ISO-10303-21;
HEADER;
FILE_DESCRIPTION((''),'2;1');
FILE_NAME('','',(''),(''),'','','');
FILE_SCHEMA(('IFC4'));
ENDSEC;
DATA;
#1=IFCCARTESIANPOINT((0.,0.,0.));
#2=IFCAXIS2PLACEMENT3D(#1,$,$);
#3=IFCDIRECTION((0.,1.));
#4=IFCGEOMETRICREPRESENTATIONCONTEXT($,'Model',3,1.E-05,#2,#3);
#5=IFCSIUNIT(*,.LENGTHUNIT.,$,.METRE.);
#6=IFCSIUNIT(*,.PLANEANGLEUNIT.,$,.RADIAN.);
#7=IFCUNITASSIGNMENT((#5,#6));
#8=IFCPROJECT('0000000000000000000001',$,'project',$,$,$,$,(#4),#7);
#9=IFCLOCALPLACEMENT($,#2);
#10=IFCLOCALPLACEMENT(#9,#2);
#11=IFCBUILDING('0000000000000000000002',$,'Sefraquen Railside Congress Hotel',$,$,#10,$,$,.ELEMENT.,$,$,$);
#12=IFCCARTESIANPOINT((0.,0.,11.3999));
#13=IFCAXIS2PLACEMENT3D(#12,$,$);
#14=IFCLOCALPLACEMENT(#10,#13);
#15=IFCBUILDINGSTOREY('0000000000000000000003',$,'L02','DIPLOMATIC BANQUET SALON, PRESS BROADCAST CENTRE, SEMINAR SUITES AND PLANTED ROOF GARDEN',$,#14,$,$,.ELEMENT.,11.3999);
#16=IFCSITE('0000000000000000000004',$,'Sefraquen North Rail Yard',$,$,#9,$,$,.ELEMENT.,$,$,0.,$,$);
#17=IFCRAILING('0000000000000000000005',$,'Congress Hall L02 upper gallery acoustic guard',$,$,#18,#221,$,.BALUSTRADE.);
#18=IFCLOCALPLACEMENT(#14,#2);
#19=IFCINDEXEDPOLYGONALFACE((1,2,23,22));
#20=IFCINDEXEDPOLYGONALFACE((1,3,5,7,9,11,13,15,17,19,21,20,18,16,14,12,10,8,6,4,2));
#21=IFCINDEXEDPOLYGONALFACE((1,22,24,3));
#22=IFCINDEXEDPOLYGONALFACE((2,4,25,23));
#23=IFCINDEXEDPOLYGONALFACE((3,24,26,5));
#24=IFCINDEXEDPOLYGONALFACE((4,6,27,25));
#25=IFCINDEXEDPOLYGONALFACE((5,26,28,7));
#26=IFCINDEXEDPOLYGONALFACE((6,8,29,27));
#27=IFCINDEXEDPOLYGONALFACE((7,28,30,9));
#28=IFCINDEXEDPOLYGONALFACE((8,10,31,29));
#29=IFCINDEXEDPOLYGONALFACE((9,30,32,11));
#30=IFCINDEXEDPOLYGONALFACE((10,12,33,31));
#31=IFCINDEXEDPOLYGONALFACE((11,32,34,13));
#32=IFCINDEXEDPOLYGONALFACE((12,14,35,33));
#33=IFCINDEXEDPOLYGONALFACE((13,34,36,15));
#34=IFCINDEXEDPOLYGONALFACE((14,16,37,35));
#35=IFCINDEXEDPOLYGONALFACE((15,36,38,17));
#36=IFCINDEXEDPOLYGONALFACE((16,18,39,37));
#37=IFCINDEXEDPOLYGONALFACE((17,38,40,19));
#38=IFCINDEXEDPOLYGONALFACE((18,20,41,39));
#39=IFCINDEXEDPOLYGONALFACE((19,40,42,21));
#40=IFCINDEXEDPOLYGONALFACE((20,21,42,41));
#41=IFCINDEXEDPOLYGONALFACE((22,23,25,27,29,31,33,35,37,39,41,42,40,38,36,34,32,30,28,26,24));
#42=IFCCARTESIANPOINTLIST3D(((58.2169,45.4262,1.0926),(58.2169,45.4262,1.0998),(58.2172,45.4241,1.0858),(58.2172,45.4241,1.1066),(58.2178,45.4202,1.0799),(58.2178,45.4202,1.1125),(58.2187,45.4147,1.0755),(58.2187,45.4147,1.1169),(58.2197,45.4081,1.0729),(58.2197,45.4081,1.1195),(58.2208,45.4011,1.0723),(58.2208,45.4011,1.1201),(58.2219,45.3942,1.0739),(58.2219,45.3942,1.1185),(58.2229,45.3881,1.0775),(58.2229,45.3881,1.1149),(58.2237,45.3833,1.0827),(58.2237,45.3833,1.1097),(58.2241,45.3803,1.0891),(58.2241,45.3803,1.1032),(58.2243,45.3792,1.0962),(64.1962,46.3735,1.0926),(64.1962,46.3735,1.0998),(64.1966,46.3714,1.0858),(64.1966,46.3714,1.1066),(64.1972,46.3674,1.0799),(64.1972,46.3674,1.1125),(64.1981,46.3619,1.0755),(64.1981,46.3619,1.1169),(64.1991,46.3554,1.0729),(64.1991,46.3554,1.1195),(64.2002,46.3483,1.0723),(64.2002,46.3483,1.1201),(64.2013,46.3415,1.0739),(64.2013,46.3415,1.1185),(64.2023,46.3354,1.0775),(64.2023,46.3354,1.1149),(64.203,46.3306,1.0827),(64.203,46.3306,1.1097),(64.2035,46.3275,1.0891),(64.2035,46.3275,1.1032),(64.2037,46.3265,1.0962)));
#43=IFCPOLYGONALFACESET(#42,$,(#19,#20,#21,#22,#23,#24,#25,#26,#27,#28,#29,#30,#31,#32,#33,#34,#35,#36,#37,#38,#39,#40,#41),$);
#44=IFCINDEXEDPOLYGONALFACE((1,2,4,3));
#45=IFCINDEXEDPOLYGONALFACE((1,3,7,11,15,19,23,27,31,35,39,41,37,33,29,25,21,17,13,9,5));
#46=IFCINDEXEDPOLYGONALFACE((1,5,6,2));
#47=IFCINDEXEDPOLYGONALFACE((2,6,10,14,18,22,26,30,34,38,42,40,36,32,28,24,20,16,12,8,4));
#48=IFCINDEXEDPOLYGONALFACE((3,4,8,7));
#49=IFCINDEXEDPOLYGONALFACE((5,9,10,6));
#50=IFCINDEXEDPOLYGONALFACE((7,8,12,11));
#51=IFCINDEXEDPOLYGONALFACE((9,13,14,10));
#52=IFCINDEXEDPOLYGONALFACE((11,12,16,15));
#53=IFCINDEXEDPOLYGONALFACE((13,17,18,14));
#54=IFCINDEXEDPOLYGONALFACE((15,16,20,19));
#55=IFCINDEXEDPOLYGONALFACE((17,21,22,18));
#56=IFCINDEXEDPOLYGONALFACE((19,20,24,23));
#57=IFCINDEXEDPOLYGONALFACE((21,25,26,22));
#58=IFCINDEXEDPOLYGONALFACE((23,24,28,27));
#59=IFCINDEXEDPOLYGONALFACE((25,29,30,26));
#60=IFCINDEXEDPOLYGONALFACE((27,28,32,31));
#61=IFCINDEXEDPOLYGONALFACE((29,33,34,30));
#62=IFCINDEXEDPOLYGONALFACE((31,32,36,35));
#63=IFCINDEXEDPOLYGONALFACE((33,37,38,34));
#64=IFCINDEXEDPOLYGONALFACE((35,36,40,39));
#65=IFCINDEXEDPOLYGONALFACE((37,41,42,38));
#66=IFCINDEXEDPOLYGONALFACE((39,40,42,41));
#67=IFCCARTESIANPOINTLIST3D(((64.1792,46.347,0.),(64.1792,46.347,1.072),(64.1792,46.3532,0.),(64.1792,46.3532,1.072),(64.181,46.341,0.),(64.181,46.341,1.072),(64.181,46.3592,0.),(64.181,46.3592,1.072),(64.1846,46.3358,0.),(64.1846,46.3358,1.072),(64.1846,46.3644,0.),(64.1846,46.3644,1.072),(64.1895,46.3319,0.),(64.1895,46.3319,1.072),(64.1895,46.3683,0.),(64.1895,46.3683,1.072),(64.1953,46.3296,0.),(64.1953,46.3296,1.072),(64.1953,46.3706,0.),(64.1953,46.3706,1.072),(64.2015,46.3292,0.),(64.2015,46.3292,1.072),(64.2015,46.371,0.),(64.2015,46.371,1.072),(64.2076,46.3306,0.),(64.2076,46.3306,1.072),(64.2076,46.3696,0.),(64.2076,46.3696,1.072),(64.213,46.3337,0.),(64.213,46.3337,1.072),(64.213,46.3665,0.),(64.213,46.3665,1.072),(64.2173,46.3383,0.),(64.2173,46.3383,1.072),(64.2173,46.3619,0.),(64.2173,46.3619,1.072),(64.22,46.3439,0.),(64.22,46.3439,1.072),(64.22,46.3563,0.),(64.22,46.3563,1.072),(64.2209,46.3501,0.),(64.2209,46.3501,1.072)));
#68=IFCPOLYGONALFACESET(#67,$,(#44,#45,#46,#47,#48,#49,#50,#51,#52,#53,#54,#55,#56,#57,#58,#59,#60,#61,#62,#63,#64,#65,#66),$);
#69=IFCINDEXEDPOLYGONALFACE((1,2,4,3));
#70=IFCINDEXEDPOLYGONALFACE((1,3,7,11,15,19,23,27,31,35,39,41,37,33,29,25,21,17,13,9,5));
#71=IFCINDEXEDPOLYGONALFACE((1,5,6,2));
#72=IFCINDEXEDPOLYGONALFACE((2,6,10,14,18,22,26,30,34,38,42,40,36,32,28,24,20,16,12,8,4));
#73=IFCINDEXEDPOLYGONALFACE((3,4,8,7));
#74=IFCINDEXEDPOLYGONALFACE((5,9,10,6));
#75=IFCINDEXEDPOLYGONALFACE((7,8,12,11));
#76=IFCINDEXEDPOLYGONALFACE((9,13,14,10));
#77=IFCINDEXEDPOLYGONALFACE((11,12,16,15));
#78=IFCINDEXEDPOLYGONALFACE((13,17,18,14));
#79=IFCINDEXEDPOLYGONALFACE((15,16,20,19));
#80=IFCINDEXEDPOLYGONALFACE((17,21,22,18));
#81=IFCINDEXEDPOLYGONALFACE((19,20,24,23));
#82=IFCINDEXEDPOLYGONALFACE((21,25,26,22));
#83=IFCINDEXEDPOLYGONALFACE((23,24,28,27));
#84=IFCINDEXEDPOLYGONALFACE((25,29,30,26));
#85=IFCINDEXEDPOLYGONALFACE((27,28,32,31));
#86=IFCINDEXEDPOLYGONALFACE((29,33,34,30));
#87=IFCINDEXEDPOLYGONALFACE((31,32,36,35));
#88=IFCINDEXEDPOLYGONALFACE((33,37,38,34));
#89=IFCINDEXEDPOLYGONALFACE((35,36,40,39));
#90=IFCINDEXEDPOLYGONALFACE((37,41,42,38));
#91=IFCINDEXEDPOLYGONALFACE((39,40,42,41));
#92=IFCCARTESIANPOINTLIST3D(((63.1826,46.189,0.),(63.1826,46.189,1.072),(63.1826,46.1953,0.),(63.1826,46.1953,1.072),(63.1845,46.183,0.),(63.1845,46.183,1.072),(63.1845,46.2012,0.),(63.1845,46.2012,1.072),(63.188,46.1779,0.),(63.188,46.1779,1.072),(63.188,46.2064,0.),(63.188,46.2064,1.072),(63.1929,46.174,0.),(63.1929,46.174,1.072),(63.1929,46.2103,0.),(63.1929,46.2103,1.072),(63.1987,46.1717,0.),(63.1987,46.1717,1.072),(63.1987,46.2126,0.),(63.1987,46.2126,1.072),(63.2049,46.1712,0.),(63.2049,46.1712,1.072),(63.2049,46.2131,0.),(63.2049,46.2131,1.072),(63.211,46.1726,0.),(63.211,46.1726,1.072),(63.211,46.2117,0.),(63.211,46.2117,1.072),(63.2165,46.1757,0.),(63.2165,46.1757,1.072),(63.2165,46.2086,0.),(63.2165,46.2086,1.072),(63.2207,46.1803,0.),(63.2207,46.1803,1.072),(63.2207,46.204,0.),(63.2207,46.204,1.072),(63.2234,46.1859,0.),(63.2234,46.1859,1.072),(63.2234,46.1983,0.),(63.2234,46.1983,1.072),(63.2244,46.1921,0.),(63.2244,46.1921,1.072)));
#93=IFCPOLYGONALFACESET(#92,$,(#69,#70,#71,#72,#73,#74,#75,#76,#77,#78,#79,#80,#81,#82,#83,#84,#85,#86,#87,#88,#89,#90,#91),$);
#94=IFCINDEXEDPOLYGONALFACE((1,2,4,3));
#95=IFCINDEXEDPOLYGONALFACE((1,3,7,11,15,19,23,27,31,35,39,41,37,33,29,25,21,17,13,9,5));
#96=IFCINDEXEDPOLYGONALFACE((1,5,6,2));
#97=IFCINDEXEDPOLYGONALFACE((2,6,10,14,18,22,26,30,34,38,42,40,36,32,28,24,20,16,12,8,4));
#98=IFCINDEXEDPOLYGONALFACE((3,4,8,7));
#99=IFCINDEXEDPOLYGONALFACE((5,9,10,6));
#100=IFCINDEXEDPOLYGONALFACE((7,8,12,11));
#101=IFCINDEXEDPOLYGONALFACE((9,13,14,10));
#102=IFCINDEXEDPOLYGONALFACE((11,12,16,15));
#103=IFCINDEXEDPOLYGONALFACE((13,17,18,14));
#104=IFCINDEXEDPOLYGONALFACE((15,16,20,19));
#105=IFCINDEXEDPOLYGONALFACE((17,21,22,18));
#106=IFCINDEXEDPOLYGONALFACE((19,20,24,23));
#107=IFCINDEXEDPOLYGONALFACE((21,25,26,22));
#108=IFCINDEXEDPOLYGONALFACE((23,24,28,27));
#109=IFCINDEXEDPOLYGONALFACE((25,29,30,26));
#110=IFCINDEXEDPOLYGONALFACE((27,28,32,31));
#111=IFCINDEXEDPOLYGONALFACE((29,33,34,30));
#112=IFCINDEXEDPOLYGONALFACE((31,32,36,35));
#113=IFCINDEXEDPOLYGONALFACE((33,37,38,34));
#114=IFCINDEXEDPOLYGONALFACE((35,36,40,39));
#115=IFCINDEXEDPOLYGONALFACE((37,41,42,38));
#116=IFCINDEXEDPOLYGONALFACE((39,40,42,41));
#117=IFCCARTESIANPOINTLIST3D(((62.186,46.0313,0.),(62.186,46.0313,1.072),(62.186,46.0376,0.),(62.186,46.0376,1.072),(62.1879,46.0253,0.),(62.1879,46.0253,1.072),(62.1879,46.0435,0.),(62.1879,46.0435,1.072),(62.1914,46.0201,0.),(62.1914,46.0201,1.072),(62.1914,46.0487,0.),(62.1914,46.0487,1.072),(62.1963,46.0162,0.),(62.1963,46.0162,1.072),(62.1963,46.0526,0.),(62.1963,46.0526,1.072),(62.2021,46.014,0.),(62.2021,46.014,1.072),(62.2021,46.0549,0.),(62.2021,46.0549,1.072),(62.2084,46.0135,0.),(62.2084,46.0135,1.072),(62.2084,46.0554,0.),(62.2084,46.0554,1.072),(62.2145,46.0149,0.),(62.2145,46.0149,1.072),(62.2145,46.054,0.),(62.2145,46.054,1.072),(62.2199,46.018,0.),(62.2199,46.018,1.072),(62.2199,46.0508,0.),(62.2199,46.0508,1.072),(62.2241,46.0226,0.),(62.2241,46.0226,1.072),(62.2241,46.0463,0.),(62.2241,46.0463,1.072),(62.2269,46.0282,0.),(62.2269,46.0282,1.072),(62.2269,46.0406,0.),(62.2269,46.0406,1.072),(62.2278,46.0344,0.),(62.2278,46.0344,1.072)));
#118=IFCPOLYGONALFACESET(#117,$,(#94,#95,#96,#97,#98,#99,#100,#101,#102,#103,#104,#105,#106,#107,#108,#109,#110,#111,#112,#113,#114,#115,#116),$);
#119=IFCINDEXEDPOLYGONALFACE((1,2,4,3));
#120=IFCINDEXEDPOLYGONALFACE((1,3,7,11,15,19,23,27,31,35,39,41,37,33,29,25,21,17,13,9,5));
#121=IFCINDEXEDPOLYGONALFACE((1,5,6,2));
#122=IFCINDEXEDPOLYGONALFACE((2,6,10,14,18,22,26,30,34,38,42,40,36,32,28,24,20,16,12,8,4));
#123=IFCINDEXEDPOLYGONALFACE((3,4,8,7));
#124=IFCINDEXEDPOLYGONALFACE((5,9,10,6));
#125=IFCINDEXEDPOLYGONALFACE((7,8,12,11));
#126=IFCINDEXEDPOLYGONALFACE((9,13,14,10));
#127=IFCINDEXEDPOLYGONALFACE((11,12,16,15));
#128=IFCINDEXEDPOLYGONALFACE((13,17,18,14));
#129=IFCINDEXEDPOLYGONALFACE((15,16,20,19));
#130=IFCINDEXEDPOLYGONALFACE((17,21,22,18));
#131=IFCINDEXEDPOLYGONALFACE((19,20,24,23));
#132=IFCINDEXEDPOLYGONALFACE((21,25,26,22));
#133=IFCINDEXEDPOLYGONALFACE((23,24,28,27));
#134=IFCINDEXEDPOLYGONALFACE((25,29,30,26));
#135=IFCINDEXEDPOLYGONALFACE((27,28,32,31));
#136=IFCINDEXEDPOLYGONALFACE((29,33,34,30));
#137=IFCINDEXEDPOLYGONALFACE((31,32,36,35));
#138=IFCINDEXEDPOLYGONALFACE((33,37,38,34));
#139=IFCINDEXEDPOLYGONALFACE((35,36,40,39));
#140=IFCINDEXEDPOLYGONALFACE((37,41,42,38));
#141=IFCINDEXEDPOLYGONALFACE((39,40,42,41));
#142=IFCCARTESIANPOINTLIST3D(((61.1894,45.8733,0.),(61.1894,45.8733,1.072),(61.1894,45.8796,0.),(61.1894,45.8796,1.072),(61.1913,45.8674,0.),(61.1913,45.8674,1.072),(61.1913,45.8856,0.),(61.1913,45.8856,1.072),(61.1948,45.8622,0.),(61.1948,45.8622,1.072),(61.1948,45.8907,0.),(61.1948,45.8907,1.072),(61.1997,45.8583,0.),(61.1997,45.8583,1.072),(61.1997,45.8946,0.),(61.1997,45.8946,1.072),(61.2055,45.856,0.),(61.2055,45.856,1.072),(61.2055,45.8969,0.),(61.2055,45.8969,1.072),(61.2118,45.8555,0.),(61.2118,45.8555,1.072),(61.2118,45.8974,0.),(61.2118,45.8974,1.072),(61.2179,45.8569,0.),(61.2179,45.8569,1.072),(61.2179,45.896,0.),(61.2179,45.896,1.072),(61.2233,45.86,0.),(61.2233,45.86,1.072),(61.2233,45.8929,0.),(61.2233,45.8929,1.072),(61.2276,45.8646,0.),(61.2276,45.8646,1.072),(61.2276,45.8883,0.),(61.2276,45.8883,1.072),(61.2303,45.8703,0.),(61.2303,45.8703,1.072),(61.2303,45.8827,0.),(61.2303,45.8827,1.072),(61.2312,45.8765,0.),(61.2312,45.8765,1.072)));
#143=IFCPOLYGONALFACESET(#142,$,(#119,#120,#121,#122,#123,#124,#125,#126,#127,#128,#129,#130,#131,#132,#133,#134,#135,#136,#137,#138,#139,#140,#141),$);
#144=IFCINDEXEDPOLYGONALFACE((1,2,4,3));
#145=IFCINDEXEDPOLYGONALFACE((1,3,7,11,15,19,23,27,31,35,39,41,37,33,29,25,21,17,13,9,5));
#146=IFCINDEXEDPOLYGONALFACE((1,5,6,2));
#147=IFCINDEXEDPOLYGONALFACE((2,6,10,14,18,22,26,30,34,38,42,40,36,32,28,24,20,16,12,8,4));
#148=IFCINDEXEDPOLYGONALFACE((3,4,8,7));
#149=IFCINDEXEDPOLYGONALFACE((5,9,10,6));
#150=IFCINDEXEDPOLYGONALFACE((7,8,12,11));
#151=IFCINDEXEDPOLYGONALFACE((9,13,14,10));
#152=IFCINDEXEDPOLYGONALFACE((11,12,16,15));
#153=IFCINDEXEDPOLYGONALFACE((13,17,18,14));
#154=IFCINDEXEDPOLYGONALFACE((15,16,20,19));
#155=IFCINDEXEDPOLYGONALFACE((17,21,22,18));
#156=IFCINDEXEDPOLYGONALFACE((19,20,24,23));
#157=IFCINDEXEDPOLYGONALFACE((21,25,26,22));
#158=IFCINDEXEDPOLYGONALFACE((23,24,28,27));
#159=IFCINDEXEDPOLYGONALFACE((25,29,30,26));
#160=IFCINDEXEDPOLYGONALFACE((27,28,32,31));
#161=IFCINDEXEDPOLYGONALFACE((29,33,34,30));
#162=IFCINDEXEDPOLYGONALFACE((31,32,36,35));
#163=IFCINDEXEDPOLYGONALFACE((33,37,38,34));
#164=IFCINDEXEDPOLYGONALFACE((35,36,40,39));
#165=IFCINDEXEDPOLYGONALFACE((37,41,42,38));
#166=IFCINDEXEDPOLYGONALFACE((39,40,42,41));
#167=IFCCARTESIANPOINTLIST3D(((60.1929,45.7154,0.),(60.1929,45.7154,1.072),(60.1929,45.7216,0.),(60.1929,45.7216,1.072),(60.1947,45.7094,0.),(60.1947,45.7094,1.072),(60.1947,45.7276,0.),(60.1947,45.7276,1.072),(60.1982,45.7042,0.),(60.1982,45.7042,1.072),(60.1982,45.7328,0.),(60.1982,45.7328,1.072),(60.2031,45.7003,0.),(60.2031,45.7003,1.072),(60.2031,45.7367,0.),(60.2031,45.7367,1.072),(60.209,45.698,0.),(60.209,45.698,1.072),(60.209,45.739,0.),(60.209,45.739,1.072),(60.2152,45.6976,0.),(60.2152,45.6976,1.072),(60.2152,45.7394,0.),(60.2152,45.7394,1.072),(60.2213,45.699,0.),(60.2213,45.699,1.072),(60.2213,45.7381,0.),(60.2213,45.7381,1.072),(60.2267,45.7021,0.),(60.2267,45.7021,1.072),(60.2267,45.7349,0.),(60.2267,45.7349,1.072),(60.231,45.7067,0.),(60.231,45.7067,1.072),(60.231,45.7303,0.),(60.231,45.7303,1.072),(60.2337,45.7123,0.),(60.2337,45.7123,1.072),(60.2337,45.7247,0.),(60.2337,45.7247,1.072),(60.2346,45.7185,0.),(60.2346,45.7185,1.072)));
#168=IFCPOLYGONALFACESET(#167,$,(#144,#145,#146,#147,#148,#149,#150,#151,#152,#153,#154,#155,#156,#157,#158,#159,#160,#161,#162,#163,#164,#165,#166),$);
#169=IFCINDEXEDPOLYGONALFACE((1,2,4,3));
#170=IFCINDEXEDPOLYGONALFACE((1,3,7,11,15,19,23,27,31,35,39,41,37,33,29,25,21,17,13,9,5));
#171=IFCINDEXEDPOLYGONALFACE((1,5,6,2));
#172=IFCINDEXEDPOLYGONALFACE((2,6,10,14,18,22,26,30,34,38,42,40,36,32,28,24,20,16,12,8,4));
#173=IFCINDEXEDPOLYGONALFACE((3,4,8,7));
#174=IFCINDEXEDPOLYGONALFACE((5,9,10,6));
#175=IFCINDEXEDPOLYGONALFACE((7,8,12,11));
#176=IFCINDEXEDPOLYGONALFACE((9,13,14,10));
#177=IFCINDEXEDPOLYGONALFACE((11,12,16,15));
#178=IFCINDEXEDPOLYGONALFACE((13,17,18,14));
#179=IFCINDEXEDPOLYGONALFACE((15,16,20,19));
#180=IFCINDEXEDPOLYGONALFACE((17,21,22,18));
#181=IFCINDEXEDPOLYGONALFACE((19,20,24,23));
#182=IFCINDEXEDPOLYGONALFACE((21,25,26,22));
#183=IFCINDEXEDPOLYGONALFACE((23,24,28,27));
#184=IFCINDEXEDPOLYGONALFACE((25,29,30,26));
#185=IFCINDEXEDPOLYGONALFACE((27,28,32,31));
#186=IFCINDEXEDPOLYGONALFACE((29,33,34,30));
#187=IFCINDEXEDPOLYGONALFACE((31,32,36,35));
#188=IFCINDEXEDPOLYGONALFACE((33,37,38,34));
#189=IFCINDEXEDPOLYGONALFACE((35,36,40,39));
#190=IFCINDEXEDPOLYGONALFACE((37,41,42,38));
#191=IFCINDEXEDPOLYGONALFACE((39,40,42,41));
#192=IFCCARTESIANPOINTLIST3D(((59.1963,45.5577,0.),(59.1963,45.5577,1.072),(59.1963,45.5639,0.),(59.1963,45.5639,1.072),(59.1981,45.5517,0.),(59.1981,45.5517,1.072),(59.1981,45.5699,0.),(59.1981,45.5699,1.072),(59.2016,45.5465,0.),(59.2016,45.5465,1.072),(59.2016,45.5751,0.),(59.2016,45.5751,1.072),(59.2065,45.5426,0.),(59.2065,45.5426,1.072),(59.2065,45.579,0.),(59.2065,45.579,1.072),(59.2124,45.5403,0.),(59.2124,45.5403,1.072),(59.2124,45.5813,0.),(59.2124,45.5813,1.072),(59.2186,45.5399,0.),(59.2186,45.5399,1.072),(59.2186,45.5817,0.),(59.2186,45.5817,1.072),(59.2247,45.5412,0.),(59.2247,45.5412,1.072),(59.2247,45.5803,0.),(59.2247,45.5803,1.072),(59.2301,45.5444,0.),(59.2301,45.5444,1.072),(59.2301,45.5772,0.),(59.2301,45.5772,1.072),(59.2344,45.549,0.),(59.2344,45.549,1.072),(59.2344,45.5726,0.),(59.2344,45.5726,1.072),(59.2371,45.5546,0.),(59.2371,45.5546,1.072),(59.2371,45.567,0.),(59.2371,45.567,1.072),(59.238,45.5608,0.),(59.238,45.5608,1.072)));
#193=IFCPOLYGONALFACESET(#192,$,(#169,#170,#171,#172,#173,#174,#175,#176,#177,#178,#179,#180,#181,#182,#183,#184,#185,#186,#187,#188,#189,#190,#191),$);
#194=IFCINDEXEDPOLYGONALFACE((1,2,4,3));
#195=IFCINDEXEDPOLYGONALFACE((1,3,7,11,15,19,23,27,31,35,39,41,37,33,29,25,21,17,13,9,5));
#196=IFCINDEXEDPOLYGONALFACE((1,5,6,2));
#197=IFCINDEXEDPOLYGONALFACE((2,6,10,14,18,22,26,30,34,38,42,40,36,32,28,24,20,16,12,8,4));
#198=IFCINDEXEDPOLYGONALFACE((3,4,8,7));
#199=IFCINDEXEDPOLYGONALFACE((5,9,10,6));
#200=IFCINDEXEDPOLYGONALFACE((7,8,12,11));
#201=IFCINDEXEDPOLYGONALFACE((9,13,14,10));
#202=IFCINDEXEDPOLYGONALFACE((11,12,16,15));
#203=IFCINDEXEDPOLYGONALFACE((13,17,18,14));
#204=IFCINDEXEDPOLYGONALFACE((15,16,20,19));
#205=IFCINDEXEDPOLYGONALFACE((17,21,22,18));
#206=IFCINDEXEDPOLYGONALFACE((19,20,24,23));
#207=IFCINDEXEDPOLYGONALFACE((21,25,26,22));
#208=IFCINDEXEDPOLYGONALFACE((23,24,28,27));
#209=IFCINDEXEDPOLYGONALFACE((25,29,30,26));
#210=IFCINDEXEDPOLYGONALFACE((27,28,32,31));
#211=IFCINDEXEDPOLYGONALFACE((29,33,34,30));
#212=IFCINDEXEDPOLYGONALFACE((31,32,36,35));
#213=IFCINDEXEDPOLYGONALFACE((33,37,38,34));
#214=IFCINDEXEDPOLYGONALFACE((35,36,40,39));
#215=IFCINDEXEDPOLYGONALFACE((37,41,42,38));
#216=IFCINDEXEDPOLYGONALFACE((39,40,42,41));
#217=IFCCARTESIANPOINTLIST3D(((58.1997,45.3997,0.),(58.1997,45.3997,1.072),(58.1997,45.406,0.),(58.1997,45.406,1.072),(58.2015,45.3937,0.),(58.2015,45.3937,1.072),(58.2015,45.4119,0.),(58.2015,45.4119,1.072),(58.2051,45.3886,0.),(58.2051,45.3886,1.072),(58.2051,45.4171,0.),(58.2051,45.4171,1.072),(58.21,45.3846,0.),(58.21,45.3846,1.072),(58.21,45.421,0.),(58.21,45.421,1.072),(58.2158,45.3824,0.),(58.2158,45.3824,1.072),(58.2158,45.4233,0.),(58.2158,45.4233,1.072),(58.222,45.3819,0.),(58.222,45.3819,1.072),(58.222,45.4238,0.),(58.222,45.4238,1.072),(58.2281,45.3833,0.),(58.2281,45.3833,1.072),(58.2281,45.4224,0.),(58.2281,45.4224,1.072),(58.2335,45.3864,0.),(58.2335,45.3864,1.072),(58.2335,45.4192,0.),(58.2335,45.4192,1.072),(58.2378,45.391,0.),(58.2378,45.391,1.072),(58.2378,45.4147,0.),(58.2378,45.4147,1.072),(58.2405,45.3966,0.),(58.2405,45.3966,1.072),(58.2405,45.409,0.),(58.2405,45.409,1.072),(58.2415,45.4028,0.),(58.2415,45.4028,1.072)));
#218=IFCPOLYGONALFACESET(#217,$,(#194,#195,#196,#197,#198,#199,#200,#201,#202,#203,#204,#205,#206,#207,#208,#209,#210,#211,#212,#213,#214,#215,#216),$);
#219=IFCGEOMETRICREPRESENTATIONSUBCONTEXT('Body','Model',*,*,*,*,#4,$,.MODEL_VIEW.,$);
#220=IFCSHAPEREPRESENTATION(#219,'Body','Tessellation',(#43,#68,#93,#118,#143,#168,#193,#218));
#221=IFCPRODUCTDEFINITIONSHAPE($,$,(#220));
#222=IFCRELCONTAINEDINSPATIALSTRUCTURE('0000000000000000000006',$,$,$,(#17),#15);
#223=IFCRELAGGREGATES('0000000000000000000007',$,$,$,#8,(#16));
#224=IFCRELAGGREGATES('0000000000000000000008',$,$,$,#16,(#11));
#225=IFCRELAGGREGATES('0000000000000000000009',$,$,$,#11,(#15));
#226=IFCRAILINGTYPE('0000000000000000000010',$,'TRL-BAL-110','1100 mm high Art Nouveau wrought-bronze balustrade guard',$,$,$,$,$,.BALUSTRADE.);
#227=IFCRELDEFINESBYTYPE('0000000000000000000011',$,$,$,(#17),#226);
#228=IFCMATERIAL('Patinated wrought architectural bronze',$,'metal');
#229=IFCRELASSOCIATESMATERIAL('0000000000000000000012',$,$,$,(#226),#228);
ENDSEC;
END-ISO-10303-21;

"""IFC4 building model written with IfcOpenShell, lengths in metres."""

from ifc_helpers import new_model, si_unit, direction, frame, origin, origin_2d, place, context, subcontext, project, spatial, circle, extrude, material, type_object, element, save


model = new_model("IFC4")

# Units and contexts
model_context = context("Model", 3, precision=1e-05, world=origin(), true_north=direction((0.0, 1.0)))
body_context = subcontext(model_context, "Body", "Model", "MODEL_VIEW")
ifc_project = project(units=[si_unit("LENGTHUNIT", "METRE"), si_unit("PLANEANGLEUNIT", "RADIAN")], contexts=[model_context])

# Site, building, storey
site_placement = place(None, origin())
site = spatial("IfcSite", under=ifc_project, at=site_placement, Name="Sefraquen North Rail Yard", CompositionType="ELEMENT", RefElevation=0.0)
building_placement = place(site_placement, origin())
building = spatial("IfcBuilding", under=site, at=building_placement, Name="Sefraquen Railside Congress Hotel", CompositionType="ELEMENT")
storey_placement = place(building_placement, frame((0.0, 0.0, 11.3999)))
storey = spatial("IfcBuildingStorey", under=building, at=storey_placement, Name="L02", Description="DIPLOMATIC BANQUET SALON, PRESS BROADCAST CENTRE, SEMINAR SUITES AND PLANTED ROOF GARDEN", CompositionType="ELEMENT", Elevation=11.3999)

# Railing
ifc_material_1 = material(Name="Patinated wrought architectural bronze", Category="metal")
railing_type = type_object("IfcRailingType", Name="TRL-BAL-110", Description="1100 mm high Art Nouveau wrought-bronze balustrade guard", PredefinedType="BALUSTRADE", material=ifc_material_1)
railing_1_placement = place(storey_placement, frame((64.2, 46.3501, 0.0)))
element("IfcRailing", 1, at=railing_1_placement, inside=storey, type_object=railing_type, Name="Congress Hall L02 upper gallery acoustic guard", PredefinedType="BALUSTRADE", context=body_context, shape_type="SweptSolid", body=[
    extrude(circle(Radius=0.0239, at=origin_2d()), frame((0.0, 0.0, 1.0962), z_axis=(-0.987683, -0.156468, 0.0), x_axis=(0.156468, -0.987683, 0.0)), (0.0, 0.0, 1.0), 6.054),
    extrude(circle(Radius=0.021, at=origin_2d()), origin(), (0.0, 0.0, 1.0), 1.072),
    extrude(circle(Radius=0.021, at=origin_2d()), frame((-0.9966, -0.158, 0.0)), (0.0, 0.0, 1.0), 1.072),
    extrude(circle(Radius=0.021, at=origin_2d()), frame((-1.9932, -0.3157, 0.0)), (0.0, 0.0, 1.0), 1.072),
    extrude(circle(Radius=0.021, at=origin_2d()), frame((-2.9897, -0.4736, 0.0)), (0.0, 0.0, 1.0), 1.072),
    extrude(circle(Radius=0.021, at=origin_2d()), frame((-3.9863, -0.6316, 0.0)), (0.0, 0.0, 1.0), 1.072),
    extrude(circle(Radius=0.021, at=origin_2d()), frame((-4.9829, -0.7893, 0.0)), (0.0, 0.0, 1.0), 1.072),
    extrude(circle(Radius=0.021, at=origin_2d()), frame((-5.9795, -0.9473, 0.0)), (0.0, 0.0, 1.0), 1.072),
])

save(model, "model.ifc")
